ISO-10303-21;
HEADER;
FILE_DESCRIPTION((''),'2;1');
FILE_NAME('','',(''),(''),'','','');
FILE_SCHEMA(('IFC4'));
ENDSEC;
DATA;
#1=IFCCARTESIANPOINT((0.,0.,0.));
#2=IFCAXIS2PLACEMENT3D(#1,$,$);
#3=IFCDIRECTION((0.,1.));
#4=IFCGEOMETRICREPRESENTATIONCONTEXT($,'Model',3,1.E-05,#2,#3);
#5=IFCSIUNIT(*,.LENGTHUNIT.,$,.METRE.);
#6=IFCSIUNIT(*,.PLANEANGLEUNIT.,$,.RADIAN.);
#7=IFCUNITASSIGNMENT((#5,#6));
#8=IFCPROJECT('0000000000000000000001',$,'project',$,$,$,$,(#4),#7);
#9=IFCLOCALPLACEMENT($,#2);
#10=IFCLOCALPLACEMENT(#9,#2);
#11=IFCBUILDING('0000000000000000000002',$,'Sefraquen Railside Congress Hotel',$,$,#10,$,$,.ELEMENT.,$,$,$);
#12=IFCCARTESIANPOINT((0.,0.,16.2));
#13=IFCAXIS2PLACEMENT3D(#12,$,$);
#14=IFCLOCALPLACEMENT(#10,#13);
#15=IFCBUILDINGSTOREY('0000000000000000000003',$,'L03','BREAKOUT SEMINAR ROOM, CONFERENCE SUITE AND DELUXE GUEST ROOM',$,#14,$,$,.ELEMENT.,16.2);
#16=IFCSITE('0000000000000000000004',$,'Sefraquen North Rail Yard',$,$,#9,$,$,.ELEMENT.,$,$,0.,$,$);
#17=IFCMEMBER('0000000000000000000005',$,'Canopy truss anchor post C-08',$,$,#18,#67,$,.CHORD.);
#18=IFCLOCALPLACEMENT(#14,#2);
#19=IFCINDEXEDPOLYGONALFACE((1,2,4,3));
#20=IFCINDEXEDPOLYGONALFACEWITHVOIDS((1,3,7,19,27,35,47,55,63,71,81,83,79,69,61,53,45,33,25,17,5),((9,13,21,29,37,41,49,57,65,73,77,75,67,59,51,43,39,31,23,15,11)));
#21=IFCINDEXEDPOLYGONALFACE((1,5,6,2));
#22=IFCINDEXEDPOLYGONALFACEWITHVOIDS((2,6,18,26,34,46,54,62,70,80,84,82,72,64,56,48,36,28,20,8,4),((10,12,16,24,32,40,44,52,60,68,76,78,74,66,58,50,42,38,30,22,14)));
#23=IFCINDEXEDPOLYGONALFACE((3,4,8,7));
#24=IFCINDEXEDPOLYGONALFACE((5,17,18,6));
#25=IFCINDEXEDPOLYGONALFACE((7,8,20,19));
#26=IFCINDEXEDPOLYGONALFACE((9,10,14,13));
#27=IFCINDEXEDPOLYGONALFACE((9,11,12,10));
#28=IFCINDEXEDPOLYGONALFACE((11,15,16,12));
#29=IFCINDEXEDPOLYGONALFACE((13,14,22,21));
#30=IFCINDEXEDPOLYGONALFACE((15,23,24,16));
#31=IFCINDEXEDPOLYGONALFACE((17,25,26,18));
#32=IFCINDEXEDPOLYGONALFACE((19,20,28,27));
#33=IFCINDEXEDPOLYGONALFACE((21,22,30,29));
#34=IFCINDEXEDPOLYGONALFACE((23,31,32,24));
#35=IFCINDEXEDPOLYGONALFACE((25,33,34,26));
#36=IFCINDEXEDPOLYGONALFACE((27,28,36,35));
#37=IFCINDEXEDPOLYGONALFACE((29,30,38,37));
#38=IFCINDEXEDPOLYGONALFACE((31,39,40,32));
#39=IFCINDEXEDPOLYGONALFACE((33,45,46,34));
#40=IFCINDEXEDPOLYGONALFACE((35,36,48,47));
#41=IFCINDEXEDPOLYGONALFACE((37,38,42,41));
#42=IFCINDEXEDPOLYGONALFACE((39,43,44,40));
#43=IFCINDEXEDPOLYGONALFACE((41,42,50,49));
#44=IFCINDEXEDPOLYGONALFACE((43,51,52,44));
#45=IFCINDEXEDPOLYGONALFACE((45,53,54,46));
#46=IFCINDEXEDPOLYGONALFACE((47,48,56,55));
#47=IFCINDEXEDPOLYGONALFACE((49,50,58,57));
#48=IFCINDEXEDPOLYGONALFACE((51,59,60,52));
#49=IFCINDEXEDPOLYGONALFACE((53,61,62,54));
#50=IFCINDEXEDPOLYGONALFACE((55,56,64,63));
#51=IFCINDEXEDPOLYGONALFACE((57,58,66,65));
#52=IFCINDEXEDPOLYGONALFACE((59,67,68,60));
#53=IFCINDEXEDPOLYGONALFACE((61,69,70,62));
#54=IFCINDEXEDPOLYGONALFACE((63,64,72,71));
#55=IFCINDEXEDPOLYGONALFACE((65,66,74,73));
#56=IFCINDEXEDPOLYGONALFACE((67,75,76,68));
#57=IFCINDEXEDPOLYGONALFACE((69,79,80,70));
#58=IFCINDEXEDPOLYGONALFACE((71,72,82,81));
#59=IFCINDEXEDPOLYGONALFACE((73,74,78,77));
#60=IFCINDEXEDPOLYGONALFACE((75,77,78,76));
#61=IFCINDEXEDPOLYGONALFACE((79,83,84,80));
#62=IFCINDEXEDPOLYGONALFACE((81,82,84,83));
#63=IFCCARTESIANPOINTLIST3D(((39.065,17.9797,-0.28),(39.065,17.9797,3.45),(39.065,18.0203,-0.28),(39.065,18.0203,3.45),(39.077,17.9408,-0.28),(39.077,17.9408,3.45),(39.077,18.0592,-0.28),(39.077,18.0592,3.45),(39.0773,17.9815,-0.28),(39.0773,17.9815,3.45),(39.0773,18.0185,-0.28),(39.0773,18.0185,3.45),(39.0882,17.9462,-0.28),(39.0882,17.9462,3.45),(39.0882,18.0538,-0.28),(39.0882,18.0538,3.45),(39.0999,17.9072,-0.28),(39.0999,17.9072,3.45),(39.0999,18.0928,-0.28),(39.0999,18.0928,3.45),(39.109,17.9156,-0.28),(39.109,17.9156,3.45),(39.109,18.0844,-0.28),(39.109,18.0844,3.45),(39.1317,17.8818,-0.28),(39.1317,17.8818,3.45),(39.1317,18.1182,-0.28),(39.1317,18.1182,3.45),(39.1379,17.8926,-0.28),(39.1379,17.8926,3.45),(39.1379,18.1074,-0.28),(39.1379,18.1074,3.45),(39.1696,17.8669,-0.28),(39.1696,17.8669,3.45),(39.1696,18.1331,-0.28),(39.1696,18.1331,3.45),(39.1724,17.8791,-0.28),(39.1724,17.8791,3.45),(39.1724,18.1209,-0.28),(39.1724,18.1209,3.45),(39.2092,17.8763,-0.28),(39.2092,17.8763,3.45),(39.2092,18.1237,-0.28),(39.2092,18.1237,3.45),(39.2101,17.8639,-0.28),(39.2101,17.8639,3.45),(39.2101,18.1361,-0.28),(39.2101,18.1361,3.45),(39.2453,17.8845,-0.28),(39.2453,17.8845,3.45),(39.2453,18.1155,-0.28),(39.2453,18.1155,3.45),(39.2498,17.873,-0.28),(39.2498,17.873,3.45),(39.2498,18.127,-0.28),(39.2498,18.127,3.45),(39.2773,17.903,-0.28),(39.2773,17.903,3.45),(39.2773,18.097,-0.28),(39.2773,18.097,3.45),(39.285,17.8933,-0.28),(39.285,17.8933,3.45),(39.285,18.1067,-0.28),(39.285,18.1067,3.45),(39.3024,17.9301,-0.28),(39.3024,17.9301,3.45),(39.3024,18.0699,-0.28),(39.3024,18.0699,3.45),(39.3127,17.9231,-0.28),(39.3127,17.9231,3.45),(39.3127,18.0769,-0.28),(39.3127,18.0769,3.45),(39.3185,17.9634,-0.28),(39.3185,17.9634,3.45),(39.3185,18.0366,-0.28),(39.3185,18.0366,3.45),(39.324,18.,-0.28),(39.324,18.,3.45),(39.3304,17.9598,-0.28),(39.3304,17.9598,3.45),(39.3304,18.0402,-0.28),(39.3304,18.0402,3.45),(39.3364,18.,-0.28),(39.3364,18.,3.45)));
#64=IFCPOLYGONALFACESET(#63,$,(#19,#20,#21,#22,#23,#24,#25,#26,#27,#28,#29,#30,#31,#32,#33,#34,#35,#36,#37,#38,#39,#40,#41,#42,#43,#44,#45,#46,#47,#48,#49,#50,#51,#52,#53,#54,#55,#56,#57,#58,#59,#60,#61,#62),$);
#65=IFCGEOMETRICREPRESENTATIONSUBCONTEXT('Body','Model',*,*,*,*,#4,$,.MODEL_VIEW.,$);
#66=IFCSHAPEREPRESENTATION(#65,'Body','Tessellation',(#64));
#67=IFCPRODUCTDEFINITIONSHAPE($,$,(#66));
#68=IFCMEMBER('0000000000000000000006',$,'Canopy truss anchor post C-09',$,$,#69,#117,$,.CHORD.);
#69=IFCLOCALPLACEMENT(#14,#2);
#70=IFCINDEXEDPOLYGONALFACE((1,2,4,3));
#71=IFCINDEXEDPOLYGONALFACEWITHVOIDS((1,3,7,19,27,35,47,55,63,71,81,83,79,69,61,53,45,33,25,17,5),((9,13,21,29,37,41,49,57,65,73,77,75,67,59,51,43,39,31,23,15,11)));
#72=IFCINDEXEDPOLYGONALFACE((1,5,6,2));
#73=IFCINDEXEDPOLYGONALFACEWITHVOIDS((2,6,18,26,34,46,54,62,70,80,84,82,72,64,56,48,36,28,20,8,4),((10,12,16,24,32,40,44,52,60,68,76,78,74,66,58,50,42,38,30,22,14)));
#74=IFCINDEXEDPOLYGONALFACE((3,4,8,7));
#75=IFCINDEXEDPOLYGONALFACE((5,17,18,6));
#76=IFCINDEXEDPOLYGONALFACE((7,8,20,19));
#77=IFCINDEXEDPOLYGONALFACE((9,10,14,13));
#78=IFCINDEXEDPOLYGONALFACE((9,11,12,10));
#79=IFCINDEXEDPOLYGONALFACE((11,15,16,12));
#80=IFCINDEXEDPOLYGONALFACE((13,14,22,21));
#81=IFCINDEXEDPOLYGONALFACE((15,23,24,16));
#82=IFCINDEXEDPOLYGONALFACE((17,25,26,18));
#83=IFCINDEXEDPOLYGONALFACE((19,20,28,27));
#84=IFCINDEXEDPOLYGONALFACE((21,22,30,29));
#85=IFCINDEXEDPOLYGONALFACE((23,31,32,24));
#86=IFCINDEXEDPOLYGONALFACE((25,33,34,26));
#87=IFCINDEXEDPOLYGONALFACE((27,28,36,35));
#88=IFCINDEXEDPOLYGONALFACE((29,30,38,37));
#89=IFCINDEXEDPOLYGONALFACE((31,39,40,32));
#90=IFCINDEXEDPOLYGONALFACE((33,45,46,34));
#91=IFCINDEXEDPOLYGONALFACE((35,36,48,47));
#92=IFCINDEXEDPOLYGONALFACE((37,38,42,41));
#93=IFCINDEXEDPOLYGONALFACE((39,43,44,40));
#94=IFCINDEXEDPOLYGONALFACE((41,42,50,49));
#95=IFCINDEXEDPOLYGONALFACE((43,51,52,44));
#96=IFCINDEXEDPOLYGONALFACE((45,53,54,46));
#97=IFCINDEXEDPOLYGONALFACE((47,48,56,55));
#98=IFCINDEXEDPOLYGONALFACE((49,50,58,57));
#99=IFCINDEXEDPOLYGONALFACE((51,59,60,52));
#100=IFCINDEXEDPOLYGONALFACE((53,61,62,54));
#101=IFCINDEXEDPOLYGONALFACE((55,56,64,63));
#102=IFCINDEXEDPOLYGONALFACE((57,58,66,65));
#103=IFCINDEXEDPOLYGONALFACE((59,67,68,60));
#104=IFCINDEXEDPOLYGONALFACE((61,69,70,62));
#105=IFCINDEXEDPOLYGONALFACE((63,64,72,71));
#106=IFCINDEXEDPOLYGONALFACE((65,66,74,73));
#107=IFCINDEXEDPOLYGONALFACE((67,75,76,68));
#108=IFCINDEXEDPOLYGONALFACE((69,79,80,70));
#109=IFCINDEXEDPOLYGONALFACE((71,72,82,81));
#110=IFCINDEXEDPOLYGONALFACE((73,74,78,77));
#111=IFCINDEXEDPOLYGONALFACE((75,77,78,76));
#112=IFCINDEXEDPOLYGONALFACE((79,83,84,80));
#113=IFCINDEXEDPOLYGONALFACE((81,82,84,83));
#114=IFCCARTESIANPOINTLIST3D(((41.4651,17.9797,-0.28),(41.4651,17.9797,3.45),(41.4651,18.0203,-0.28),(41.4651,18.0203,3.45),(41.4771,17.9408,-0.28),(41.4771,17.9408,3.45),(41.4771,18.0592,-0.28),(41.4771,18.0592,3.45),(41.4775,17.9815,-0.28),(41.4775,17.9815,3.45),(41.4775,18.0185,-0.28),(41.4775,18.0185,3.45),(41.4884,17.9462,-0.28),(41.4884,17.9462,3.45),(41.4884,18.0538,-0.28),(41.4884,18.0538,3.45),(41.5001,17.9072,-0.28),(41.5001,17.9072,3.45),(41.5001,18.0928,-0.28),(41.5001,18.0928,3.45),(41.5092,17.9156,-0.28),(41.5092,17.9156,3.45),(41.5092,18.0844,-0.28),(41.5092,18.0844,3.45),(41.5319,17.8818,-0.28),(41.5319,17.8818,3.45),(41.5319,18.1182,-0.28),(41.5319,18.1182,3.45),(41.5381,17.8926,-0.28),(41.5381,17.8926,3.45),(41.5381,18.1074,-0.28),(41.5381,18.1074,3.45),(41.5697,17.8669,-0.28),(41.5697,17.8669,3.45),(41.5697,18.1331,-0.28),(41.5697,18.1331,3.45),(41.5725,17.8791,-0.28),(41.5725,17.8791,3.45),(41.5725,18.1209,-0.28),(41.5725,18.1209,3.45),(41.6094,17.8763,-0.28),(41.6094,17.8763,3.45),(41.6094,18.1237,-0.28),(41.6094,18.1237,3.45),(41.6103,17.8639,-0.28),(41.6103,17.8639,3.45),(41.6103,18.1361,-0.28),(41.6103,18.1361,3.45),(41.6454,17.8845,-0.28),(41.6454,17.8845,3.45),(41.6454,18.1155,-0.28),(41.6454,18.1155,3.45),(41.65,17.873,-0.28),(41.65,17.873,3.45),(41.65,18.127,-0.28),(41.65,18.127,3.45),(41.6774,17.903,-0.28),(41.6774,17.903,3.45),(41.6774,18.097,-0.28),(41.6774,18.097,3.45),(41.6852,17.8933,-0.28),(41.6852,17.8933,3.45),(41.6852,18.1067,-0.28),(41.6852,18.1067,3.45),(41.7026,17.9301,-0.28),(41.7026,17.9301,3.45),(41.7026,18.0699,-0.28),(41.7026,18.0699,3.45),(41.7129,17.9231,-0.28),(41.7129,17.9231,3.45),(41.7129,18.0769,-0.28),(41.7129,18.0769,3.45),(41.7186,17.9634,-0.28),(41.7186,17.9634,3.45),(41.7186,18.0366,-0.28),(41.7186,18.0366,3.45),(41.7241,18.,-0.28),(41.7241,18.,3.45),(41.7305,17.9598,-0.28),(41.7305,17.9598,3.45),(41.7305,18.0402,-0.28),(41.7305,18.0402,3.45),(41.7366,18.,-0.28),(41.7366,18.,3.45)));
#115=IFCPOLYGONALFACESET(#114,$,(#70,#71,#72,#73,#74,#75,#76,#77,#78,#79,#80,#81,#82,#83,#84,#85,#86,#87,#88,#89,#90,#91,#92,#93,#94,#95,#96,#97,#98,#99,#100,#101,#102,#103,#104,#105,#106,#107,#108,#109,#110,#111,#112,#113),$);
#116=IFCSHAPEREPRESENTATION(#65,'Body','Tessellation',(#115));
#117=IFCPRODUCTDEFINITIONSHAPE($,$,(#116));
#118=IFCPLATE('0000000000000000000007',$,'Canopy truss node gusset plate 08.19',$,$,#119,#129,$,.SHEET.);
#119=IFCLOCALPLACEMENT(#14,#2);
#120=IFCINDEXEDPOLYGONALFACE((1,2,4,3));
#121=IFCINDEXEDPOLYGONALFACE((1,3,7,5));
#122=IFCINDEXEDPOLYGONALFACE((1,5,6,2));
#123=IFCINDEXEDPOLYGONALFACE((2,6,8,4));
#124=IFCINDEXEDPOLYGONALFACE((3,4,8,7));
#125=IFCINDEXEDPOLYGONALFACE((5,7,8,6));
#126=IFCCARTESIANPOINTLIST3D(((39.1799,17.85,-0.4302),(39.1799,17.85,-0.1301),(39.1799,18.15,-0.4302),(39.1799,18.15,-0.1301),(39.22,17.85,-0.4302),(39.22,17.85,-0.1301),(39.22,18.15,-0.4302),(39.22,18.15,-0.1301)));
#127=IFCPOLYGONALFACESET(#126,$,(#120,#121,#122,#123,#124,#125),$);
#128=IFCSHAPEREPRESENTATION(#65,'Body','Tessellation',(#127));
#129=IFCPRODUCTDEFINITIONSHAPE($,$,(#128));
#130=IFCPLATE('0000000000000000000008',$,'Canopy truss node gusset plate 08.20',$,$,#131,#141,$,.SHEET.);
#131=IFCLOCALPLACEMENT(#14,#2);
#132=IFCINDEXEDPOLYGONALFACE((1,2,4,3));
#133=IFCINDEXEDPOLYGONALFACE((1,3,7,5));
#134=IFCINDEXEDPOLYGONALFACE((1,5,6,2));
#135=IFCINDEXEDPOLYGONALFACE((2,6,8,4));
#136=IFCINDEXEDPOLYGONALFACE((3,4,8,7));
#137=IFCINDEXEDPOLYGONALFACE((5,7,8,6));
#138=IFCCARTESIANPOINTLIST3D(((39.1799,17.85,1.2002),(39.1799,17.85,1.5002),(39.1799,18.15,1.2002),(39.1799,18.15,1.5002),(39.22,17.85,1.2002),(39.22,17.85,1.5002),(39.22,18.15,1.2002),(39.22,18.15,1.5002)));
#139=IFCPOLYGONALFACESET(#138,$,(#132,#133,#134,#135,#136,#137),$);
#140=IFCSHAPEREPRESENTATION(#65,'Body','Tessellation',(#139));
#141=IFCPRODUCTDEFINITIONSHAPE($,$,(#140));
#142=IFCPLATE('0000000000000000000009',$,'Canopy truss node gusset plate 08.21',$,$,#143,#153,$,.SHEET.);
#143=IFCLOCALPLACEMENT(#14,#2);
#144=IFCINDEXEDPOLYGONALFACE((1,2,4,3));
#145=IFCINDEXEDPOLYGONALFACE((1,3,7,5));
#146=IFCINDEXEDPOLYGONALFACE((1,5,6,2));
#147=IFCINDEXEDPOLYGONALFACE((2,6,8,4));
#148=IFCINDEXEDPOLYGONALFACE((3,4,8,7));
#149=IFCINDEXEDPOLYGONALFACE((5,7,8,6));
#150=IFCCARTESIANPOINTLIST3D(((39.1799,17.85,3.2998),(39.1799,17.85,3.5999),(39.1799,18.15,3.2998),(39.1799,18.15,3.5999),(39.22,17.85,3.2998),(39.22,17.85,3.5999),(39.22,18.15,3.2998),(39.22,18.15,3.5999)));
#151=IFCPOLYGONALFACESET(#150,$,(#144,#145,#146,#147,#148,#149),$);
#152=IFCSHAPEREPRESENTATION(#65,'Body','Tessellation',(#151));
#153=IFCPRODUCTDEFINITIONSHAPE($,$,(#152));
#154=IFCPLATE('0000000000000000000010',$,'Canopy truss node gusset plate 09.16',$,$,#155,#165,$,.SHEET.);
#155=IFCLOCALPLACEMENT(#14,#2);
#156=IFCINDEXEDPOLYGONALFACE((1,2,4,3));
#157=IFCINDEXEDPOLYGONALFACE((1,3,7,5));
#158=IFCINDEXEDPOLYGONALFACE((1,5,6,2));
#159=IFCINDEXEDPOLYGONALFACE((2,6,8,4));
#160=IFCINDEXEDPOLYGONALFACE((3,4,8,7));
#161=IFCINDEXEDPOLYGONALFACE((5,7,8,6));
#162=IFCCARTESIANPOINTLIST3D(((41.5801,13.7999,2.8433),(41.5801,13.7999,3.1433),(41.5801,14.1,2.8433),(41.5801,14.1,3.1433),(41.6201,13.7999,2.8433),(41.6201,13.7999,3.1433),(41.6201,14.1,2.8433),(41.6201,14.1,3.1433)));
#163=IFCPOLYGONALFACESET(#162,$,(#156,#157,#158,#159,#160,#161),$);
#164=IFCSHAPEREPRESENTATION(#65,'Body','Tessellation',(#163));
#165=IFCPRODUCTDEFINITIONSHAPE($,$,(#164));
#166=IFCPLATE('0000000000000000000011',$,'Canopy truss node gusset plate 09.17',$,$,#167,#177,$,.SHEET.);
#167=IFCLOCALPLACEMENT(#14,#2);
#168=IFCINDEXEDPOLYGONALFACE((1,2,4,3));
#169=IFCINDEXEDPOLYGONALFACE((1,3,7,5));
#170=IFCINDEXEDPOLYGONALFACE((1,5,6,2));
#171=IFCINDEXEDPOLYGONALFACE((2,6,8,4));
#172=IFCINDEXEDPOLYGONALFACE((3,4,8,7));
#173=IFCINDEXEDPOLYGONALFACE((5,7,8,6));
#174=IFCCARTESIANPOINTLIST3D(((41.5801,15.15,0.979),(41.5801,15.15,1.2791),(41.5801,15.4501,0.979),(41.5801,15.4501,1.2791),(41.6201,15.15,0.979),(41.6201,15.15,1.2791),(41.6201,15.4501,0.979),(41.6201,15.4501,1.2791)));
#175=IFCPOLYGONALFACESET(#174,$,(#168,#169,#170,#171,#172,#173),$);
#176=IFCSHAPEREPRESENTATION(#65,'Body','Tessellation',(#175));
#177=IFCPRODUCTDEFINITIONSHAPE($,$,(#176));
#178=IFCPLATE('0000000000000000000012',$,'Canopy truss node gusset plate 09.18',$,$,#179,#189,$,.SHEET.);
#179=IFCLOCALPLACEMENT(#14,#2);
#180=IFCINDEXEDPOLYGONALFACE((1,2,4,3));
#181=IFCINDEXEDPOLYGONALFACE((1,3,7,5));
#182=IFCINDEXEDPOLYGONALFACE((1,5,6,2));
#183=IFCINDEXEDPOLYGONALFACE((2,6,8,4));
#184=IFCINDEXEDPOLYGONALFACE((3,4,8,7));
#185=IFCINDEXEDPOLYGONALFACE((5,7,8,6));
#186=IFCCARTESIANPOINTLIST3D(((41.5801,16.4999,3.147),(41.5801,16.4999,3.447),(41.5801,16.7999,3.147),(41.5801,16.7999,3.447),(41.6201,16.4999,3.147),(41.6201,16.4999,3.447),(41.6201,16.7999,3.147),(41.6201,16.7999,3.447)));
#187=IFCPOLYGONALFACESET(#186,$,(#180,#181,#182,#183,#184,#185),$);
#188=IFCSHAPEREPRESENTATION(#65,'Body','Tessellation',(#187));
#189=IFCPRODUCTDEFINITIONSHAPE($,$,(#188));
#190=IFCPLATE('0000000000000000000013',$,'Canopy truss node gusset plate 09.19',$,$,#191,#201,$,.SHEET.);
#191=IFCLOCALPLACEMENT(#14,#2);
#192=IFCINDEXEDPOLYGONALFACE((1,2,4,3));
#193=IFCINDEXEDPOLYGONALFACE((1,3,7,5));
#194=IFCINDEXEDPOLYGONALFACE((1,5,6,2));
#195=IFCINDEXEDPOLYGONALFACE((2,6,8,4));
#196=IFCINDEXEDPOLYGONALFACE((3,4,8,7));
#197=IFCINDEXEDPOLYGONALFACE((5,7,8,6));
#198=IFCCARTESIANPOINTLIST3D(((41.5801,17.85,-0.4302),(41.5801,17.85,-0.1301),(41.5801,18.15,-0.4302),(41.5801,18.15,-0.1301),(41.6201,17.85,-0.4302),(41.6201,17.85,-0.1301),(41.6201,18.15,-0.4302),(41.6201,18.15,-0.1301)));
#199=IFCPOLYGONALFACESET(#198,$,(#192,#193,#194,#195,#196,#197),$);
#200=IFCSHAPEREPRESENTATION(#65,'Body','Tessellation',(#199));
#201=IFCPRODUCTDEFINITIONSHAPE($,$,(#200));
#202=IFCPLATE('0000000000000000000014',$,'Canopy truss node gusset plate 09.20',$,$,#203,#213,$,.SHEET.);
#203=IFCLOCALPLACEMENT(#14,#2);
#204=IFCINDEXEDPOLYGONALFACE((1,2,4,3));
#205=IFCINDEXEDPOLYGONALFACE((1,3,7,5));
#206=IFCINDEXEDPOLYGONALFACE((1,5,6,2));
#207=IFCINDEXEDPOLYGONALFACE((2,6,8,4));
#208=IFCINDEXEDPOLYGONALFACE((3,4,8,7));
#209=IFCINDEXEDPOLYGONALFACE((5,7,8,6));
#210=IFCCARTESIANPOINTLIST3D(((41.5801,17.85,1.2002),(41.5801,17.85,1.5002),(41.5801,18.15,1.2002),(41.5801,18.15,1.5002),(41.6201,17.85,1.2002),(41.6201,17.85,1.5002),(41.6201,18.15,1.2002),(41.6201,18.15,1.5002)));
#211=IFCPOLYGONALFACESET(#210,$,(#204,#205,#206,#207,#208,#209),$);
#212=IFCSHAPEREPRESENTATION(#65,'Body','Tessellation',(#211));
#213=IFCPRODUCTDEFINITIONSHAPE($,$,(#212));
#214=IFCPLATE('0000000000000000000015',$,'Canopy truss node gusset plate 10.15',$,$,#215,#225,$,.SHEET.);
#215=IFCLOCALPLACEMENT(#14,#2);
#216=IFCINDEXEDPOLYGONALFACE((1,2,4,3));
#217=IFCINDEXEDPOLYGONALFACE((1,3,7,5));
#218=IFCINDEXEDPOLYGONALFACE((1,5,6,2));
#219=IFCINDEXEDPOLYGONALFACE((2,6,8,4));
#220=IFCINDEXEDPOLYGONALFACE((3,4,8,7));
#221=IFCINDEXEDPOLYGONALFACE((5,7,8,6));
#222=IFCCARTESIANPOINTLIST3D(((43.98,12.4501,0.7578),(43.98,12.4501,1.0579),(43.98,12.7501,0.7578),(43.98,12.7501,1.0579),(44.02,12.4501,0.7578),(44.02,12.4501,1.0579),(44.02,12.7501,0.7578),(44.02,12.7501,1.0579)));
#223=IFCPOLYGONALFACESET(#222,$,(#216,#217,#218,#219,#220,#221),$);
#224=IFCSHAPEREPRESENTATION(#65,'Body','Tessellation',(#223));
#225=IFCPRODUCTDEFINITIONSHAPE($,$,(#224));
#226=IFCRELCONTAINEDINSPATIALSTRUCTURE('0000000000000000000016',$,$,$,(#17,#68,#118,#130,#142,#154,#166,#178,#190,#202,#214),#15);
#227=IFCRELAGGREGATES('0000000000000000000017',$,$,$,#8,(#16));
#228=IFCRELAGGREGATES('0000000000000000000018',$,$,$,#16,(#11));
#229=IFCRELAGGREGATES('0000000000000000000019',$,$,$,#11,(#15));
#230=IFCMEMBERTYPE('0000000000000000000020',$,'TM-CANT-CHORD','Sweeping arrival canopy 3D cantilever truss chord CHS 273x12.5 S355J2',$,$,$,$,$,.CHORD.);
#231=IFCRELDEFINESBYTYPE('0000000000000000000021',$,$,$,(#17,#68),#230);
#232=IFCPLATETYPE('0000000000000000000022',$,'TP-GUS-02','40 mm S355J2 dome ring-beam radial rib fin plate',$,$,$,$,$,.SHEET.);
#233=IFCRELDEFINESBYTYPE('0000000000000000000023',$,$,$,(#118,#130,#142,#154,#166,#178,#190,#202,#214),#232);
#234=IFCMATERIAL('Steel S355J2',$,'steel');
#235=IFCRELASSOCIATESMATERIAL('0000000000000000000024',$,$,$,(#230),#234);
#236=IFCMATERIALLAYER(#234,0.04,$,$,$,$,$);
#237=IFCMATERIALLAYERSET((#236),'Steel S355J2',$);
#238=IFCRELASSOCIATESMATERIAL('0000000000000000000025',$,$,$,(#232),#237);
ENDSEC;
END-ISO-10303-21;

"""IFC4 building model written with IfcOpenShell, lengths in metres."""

from ifc_helpers import new_model, si_unit, direction, frame, origin, origin_2d, place, context, subcontext, project, spatial, rectangle, hollow_circle, extrude, material, layer, layer_set, material_profile, profile_set, type_object, element, save


model = new_model("IFC4")

# Units and contexts
model_context = context("Model", 3, precision=1e-05, world=origin(), true_north=direction((0.0, 1.0)))
body_context = subcontext(model_context, "Body", "Model", "MODEL_VIEW")
ifc_project = project(units=[si_unit("LENGTHUNIT", "METRE"), si_unit("PLANEANGLEUNIT", "RADIAN")], contexts=[model_context])

# Site, building, storey
site_placement = place(None, origin())
site = spatial("IfcSite", under=ifc_project, at=site_placement, Name="Sefraquen North Rail Yard", CompositionType="ELEMENT", RefElevation=0.0)
building_placement = place(site_placement, origin())
building = spatial("IfcBuilding", under=site, at=building_placement, Name="Sefraquen Railside Congress Hotel", CompositionType="ELEMENT")
storey_placement = place(building_placement, frame((0.0, 0.0, 16.2)))
storey = spatial("IfcBuildingStorey", under=building, at=storey_placement, Name="L03", Description="BREAKOUT SEMINAR ROOM, CONFERENCE SUITE AND DELUXE GUEST ROOM", CompositionType="ELEMENT", Elevation=16.2)

# Shared definitions
ifc_material_1 = material(Name="Steel S355J2", Category="steel")

# Members
ifc_material_profile_1 = material_profile(ifc_material_1, hollow_circle(Radius=0.1365, WallThickness=0.0125, at=origin_2d()), Name="CHS 273x12.5")
ifc_profile_set_1 = profile_set([ifc_material_profile_1], Name="Steel S355J2")
member_type_1 = type_object("IfcMemberType", Name="TM-CANT-CHORD", Description="Sweeping arrival canopy 3D cantilever truss chord CHS 273x12.5 S355J2", PredefinedType="CHORD", material=ifc_profile_set_1)
for number, where, z_axis, x_axis, name in (
    (1, (39.2, 18.0, -0.28), (0.0, 0.0, 1.0), (1.0, 0.0, 0.0), "Canopy truss anchor post C-08"),
    (2, (41.6001, 18.0, -0.28), (0.0, 0.0, 1.0), (1.0, 0.0, 0.0), "Canopy truss anchor post C-09"),
):
    element("IfcMember", number, at=place(storey_placement, frame(where, z_axis=z_axis, x_axis=x_axis)), inside=storey, type_object=member_type_1, Name=name, PredefinedType="CHORD", context=body_context, shape_type="SweptSolid", body=[
        extrude(hollow_circle(Radius=0.1365, WallThickness=0.0125, at=origin_2d()), origin(), (0.0, 0.0, 1.0), 3.73),
    ])

# Plates
ifc_layer = layer(ifc_material_1, 0.04)
ifc_layer_set = layer_set([ifc_layer], Name="Steel S355J2")
plate_type = type_object("IfcPlateType", Name="TP-GUS-02", Description="40 mm S355J2 dome ring-beam radial rib fin plate", PredefinedType="SHEET", material=ifc_layer_set)
for number, where, z_axis, x_axis, name in (
    (3, (39.2, 18.0, -0.4302), (0.0, 0.0, 1.0), (1.0, 0.0, 0.0), "Canopy truss node gusset plate 08.19"),
    (4, (39.2, 18.0, 1.2002), (0.0, 0.0, 1.0), (1.0, 0.0, 0.0), "Canopy truss node gusset plate 08.20"),
    (5, (39.2, 18.0, 3.2998), (0.0, 0.0, 1.0), (1.0, 0.0, 0.0), "Canopy truss node gusset plate 08.21"),
    (6, (41.6001, 13.95, 2.8433), (0.0, 0.0, 1.0), (1.0, 0.0, 0.0), "Canopy truss node gusset plate 09.16"),
    (7, (41.6001, 15.3, 0.979), (0.0, 0.0, 1.0), (1.0, 0.0, 0.0), "Canopy truss node gusset plate 09.17"),
    (8, (41.6001, 16.6499, 3.147), (0.0, 0.0, 1.0), (1.0, 0.0, 0.0), "Canopy truss node gusset plate 09.18"),
    (9, (41.6001, 18.0, -0.4302), (0.0, 0.0, 1.0), (1.0, 0.0, 0.0), "Canopy truss node gusset plate 09.19"),
    (10, (41.6001, 18.0, 1.2002), (0.0, 0.0, 1.0), (1.0, 0.0, 0.0), "Canopy truss node gusset plate 09.20"),
    (11, (44.0, 12.6001, 0.7578), (0.0, 0.0, 1.0), (1.0, 0.0, 0.0), "Canopy truss node gusset plate 10.15"),
):
    element("IfcPlate", number, at=place(storey_placement, frame(where, z_axis=z_axis, x_axis=x_axis)), inside=storey, type_object=plate_type, Name=name, PredefinedType="SHEET", context=body_context, shape_type="SweptSolid", body=[
        extrude(rectangle(XDim=0.04, YDim=0.3, at=origin_2d()), origin(), (0.0, 0.0, 1.0), 0.3),
    ])

save(model, "model.ifc")
